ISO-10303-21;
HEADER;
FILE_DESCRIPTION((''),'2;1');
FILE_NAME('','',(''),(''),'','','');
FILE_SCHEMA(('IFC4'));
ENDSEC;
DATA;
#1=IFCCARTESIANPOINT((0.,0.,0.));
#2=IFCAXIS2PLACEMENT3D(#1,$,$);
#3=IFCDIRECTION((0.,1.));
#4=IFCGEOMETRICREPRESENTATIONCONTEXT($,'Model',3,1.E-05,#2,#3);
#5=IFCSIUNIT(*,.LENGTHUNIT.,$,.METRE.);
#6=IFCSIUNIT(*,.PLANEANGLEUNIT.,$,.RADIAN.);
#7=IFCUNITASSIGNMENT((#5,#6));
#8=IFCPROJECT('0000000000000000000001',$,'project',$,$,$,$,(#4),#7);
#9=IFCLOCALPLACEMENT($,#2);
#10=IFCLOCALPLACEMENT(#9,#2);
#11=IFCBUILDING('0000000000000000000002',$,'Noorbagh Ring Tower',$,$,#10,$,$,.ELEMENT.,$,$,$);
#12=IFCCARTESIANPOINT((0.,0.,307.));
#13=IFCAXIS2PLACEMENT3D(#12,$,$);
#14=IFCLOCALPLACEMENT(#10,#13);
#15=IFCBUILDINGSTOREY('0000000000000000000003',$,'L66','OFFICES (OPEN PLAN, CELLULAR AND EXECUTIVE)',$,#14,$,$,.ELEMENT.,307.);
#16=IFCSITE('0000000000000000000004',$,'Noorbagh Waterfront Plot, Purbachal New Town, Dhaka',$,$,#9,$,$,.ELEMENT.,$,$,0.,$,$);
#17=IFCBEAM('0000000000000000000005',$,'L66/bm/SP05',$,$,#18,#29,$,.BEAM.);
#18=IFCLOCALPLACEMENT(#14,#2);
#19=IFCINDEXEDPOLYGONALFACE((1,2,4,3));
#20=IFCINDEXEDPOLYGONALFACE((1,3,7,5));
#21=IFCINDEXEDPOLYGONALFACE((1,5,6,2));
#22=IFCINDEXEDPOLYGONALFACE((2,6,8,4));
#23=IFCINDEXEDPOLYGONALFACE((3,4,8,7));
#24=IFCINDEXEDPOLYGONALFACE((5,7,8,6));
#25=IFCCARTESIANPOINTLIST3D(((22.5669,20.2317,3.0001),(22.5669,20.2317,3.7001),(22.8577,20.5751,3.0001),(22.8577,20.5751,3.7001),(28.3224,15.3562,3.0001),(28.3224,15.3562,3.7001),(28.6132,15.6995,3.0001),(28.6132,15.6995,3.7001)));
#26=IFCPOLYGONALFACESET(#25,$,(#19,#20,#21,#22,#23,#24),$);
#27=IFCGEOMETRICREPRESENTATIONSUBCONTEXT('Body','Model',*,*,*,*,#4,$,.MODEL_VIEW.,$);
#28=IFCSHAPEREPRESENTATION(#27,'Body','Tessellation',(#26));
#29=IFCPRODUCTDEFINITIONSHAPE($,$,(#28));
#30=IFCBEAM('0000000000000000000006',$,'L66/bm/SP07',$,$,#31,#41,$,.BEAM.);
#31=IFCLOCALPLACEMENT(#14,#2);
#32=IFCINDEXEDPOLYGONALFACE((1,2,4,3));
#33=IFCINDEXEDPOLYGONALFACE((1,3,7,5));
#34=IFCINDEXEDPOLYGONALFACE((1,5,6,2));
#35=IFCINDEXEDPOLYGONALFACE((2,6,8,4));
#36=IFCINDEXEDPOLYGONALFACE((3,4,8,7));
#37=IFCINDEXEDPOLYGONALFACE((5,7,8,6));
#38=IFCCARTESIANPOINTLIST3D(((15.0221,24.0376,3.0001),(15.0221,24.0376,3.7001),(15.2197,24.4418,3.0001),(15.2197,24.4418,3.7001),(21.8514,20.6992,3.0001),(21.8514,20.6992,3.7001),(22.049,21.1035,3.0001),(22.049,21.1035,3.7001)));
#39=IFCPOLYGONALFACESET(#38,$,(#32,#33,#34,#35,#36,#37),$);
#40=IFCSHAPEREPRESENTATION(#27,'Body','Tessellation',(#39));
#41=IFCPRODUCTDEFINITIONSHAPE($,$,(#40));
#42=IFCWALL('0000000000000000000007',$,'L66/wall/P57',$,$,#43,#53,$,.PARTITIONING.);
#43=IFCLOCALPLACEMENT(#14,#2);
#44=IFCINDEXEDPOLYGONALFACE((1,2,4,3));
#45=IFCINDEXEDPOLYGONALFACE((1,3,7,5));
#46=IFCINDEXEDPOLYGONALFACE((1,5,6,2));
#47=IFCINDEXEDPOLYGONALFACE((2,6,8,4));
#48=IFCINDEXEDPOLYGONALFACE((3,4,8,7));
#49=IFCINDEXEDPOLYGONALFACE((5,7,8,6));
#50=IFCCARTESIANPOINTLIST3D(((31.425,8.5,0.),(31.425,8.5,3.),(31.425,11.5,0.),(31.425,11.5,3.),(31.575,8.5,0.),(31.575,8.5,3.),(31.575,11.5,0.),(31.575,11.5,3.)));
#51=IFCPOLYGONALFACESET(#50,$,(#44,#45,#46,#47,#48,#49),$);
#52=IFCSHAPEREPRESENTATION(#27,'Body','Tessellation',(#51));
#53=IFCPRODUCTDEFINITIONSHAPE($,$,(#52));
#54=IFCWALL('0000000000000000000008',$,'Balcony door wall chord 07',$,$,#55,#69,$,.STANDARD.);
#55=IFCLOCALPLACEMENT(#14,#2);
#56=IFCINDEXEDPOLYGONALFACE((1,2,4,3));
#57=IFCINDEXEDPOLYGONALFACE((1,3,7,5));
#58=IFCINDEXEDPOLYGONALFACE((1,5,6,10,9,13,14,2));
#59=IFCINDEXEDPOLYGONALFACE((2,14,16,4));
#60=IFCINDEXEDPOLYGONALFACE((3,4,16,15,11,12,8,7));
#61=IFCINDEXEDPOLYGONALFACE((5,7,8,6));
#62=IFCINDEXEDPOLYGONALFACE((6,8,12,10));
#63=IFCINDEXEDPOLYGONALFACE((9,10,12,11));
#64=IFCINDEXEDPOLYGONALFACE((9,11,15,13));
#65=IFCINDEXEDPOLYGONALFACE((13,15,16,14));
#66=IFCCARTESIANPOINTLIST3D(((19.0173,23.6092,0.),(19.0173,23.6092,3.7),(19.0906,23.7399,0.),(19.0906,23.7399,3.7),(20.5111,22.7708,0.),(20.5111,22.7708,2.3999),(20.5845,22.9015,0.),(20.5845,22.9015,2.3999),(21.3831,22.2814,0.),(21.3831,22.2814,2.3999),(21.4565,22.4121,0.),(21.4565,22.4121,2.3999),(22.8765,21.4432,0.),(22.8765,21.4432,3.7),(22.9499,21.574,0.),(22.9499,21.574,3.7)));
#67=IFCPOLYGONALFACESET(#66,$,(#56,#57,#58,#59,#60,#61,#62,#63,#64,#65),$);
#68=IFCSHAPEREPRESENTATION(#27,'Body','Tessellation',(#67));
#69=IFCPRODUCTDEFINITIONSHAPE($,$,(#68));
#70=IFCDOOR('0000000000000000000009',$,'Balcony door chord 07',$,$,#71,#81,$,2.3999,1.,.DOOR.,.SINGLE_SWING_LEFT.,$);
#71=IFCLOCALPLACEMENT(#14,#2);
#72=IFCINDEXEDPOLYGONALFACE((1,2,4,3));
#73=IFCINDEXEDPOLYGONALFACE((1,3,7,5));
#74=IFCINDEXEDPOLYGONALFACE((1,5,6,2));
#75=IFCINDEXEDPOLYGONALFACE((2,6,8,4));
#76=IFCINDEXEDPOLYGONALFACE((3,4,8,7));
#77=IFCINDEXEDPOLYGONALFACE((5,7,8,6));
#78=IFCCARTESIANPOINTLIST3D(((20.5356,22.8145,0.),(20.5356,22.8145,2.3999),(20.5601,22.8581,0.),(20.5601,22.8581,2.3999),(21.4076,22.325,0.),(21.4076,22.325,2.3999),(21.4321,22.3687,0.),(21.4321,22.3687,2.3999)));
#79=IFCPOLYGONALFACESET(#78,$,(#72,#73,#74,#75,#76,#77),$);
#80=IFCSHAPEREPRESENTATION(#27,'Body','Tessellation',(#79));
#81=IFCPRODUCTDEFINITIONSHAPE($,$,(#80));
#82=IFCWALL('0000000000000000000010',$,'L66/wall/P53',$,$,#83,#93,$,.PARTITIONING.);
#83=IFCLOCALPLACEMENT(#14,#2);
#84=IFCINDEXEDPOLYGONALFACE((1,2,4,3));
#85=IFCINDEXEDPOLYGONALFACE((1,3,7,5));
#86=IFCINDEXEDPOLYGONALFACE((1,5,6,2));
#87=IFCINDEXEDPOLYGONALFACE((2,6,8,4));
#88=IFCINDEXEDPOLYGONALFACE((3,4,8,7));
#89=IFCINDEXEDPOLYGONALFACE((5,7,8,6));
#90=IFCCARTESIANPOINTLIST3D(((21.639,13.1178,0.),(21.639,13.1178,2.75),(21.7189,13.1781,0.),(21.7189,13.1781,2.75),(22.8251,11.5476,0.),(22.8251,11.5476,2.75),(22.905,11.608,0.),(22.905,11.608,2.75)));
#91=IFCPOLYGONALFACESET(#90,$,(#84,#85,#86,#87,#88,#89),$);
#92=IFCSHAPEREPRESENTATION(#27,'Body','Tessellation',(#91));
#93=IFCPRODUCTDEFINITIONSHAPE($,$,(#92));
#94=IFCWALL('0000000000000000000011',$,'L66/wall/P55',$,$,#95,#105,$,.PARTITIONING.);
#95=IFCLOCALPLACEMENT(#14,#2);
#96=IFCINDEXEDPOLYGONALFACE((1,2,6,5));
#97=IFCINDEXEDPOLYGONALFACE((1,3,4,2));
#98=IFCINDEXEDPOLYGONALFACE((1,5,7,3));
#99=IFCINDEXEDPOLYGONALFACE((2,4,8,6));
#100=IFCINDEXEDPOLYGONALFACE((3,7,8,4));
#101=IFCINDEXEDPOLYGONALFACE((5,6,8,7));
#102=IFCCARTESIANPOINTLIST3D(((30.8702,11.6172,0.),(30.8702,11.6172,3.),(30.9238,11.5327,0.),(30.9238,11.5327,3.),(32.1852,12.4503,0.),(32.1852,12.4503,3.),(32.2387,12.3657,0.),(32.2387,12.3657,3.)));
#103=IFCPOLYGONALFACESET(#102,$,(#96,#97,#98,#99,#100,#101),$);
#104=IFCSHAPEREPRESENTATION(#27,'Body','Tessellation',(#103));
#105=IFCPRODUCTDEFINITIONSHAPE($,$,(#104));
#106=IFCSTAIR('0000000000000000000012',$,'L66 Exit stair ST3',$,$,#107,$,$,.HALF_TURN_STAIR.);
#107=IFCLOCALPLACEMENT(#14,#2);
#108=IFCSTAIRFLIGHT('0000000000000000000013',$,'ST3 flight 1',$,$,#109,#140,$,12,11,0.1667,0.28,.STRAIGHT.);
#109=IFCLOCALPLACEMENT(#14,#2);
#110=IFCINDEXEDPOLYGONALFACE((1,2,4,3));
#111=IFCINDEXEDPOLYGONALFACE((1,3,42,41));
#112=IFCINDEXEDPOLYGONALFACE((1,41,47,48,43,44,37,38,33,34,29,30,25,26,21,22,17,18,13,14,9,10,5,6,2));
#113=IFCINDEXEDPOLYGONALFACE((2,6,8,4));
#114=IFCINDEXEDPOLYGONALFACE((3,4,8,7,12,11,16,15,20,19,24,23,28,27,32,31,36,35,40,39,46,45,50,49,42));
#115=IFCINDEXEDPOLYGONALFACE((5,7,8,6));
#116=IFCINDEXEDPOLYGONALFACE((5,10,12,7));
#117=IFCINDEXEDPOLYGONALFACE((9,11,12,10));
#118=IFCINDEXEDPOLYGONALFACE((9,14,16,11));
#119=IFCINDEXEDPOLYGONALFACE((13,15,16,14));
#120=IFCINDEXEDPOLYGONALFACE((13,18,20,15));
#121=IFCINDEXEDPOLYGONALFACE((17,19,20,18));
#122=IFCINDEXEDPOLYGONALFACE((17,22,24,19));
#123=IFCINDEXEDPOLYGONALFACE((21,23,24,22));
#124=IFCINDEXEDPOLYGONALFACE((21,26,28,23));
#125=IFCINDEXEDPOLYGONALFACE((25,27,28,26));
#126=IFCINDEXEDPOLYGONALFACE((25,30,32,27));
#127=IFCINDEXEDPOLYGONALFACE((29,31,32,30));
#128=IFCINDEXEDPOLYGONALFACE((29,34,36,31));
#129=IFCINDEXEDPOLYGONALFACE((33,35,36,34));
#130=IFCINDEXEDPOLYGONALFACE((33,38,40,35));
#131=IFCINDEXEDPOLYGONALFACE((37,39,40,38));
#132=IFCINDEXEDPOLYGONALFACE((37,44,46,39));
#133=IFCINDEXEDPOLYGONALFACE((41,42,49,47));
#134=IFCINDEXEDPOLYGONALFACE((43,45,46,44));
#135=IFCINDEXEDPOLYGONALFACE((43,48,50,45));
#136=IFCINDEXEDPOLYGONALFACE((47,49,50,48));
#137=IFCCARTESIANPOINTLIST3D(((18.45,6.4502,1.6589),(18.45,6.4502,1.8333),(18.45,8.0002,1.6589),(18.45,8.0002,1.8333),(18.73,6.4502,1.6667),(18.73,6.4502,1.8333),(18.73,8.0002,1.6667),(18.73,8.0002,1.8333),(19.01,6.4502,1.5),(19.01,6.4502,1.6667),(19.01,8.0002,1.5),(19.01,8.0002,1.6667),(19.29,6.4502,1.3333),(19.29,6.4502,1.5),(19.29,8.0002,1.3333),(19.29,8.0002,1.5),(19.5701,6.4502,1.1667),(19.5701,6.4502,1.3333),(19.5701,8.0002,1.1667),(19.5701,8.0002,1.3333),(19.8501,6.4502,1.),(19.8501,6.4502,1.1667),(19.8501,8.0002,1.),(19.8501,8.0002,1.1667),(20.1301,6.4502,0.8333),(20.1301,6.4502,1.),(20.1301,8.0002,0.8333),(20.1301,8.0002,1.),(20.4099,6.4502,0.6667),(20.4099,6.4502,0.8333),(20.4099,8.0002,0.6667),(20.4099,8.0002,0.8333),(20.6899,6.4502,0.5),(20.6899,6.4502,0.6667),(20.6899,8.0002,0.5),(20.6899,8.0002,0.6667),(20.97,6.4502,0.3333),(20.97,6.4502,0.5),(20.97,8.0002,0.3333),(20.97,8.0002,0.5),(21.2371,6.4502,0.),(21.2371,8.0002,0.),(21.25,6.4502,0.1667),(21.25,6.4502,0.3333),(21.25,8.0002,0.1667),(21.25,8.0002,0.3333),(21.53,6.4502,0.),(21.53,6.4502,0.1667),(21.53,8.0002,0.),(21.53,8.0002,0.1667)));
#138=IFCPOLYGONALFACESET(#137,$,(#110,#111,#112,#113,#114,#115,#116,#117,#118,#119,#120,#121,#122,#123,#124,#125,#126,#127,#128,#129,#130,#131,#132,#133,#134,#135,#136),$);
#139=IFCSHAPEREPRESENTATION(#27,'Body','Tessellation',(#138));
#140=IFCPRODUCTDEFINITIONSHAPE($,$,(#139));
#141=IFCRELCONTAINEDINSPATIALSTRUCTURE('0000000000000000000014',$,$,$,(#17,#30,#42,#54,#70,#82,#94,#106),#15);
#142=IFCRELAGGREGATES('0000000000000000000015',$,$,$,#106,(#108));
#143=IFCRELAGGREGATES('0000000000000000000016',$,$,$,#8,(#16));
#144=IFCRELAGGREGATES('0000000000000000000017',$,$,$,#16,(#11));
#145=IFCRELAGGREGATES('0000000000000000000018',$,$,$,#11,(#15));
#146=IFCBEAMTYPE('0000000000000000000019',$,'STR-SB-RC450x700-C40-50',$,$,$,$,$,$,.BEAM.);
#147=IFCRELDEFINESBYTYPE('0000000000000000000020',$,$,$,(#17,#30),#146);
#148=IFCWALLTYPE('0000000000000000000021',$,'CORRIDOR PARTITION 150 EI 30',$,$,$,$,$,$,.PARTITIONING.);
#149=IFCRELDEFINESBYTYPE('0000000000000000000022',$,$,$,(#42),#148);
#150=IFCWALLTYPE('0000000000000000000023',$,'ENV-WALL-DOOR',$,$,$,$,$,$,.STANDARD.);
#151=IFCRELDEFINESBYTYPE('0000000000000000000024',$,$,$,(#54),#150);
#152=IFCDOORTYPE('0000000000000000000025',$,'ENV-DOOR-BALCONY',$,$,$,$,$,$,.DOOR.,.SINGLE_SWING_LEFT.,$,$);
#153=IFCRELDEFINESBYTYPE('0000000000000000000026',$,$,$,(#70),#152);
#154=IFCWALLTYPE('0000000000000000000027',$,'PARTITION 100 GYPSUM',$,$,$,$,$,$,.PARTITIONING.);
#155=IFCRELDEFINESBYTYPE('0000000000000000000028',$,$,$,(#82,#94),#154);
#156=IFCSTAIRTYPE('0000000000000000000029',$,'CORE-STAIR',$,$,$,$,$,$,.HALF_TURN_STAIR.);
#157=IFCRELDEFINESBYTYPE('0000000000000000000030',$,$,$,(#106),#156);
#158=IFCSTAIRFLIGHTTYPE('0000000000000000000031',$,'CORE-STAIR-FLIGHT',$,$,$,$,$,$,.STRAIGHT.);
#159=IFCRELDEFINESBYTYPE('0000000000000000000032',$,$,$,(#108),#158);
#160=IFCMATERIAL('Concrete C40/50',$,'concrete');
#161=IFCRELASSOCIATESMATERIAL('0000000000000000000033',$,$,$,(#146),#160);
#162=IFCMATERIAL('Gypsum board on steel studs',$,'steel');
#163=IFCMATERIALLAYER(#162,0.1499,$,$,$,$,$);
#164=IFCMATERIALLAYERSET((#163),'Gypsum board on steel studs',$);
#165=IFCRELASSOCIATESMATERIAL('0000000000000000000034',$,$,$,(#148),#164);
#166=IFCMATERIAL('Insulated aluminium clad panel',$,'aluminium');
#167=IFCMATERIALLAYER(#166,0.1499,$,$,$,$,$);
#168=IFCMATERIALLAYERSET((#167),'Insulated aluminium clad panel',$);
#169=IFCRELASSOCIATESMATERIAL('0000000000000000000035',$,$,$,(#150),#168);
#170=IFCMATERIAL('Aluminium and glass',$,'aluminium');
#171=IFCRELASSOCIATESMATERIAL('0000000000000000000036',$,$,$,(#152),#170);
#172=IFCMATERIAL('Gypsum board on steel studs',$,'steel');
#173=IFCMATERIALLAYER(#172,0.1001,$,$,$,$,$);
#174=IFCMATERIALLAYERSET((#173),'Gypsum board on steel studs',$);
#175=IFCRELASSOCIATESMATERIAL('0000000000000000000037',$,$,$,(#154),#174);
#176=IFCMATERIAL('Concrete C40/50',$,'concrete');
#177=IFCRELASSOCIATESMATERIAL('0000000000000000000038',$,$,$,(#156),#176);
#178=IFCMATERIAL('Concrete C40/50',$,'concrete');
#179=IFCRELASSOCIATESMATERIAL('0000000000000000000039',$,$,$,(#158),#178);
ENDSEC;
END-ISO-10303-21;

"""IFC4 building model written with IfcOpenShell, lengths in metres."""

from ifc_helpers import new_model, si_unit, direction, frame, frame_2d, origin, origin_2d, place, context, subcontext, project, spatial, polyline, rectangle, outline, extrude, material, layer, layer_set, material_profile, profile_set, type_object, element, fill, aggregate, save


model = new_model("IFC4")

# Units and contexts
model_context = context("Model", 3, precision=1e-05, world=origin(), true_north=direction((0.0, 1.0)))
body_context = subcontext(model_context, "Body", "Model", "MODEL_VIEW")
ifc_project = project(units=[si_unit("LENGTHUNIT", "METRE"), si_unit("PLANEANGLEUNIT", "RADIAN")], contexts=[model_context])

# Site, building, storey
site_placement = place(None, origin())
site = spatial("IfcSite", under=ifc_project, at=site_placement, Name="Noorbagh Waterfront Plot, Purbachal New Town, Dhaka", CompositionType="ELEMENT", RefElevation=0.0)
building_placement = place(site_placement, origin())
building = spatial("IfcBuilding", under=site, at=building_placement, Name="Noorbagh Ring Tower", CompositionType="ELEMENT")
storey_placement = place(building_placement, frame((0.0, 0.0, 307.0)))
storey = spatial("IfcBuildingStorey", under=building, at=storey_placement, Name="L66", Description="OFFICES (OPEN PLAN, CELLULAR AND EXECUTIVE)", CompositionType="ELEMENT", Elevation=307.0)

# Beams
ifc_material_1 = material(Name="Concrete C40/50", Category="concrete")
ifc_material_profile_1 = material_profile(ifc_material_1, rectangle(XDim=0.45, YDim=0.7, at=origin_2d()), Name="RC450x700")
ifc_profile_set_1 = profile_set([ifc_material_profile_1], Name="Concrete C40/50")
beam_type_1 = type_object("IfcBeamType", Name="STR-SB-RC450x700-C40-50", PredefinedType="BEAM", material=ifc_profile_set_1)
beam_1_placement = place(storey_placement, frame((28.4678, 15.5278, 3.3501), z_axis=(-0.763023, 0.646372, 0.0), x_axis=(-0.646372, -0.763023, 0.0)))
element("IfcBeam", 1, at=beam_1_placement, inside=storey, type_object=beam_type_1, Name="L66/bm/SP05", PredefinedType="BEAM", context=body_context, shape_type="SweptSolid", body=[
    extrude(rectangle(XDim=0.45, YDim=0.7, at=origin_2d()), origin(), (0.0, 0.0, 1.0), 7.543),
])
beam_2_placement = place(storey_placement, frame((21.9502, 20.9014, 3.3501), z_axis=(-0.898406, 0.439166, 0.0), x_axis=(-0.439166, -0.898406, 0.0)))
element("IfcBeam", 2, at=beam_2_placement, inside=storey, type_object=beam_type_1, Name="L66/bm/SP07", PredefinedType="BEAM", context=body_context, shape_type="SweptSolid", body=[
    extrude(rectangle(XDim=0.45, YDim=0.7, at=origin_2d()), origin(), (0.0, 0.0, 1.0), 7.6016),
])

# Wall
ifc_material_2 = material(Name="Gypsum board on steel studs", Category="steel")
ifc_layer_1 = layer(ifc_material_2, 0.1499)
ifc_layer_set_1 = layer_set([ifc_layer_1], Name="Gypsum board on steel studs")
wall_type_1 = type_object("IfcWallType", Name="CORRIDOR PARTITION 150 EI 30", PredefinedType="PARTITIONING", material=ifc_layer_set_1)
wall_1_placement = place(storey_placement, frame((31.5, 8.5, 0.0), z_axis=(0.0, 0.0, 1.0), x_axis=(0.0, 1.0, 0.0)))
element("IfcWall", 3, at=wall_1_placement, inside=storey, type_object=wall_type_1, Name="L66/wall/P57", PredefinedType="PARTITIONING", context=body_context, shape_type="SweptSolid", body=[
    extrude(rectangle(XDim=3.0, YDim=0.1499, at=frame_2d((1.5, 0.0))), origin(), (0.0, 0.0, 1.0), 3.0),
])

# Wall, opening, door
ifc_material_3 = material(Name="Insulated aluminium clad panel", Category="aluminium")
ifc_layer_2 = layer(ifc_material_3, 0.1499)
ifc_layer_set_2 = layer_set([ifc_layer_2], Name="Insulated aluminium clad panel")
wall_type_2 = type_object("IfcWallType", Name="ENV-WALL-DOOR", PredefinedType="STANDARD", material=ifc_layer_set_2)
wall_2_placement = place(storey_placement, frame((22.9133, 21.5085, 0.0), z_axis=(0.0, 0.0, 1.0), x_axis=(-0.872047, 0.489423, 0.0)))
wall_2 = element("IfcWall", 4, at=wall_2_placement, inside=storey, type_object=wall_type_2, Name="Balcony door wall chord 07", PredefinedType="STANDARD", context=body_context, shape_type="SweptSolid", body=[
    extrude(rectangle(XDim=4.4255, YDim=0.1499, at=frame_2d((2.2129, 0.0))), origin(), (0.0, 0.0, 1.0), 3.7),
])
opening_placement = place(wall_2_placement, frame((1.7126, 0.0, 0.0)))
opening = element("IfcOpeningElement", 5, at=opening_placement, cuts=wall_2, PredefinedType="OPENING", context=body_context, shape_type="SweptSolid", body=[
    extrude(rectangle(XDim=1.0, YDim=2.3999, at=frame_2d((0.5, 1.2))), frame((0.0, 0.085, 0.0), z_axis=(0.0, -1.0, 0.0), x_axis=(1.0, 0.0, 0.0)), (0.0, 0.0, 1.0), 0.1699),
])
ifc_material_4 = material(Name="Aluminium and glass", Category="aluminium")
door_type = type_object("IfcDoorType", Name="ENV-DOOR-BALCONY", OperationType="SINGLE_SWING_LEFT", PredefinedType="DOOR", material=ifc_material_4)
door_placement = place(opening_placement, origin())
door = element("IfcDoor", 6, at=door_placement, inside=storey, type_object=door_type, Name="Balcony door chord 07", OperationType="SINGLE_SWING_LEFT", OverallHeight=2.3999, OverallWidth=1.0, PredefinedType="DOOR", context=body_context, shape_type="SweptSolid", body=[
    extrude(rectangle(XDim=1.0, YDim=2.3999, at=frame_2d((0.5, 1.2))), frame((0.0, 0.0249, 0.0), z_axis=(0.0, -1.0, 0.0), x_axis=(1.0, 0.0, 0.0)), (0.0, 0.0, 1.0), 0.05),
])
fill(opening, door)

# Walls
ifc_material_5 = material(Name="Gypsum board on steel studs", Category="steel")
ifc_layer_3 = layer(ifc_material_5, 0.1001)
ifc_layer_set_3 = layer_set([ifc_layer_3], Name="Gypsum board on steel studs")
wall_type_3 = type_object("IfcWallType", Name="PARTITION 100 GYPSUM", PredefinedType="PARTITIONING", material=ifc_layer_set_3)
wall_3_placement = place(storey_placement, frame((21.679, 13.1479, 0.0), z_axis=(0.0, 0.0, 1.0), x_axis=(0.602756, -0.797926, 0.0)))
element("IfcWall", 7, at=wall_3_placement, inside=storey, type_object=wall_type_3, Name="L66/wall/P53", PredefinedType="PARTITIONING", context=body_context, shape_type="SweptSolid", body=[
    extrude(rectangle(XDim=1.9678, YDim=0.1001, at=frame_2d((0.9839, 0.0))), origin(), (0.0, 0.0, 1.0), 2.75),
])
wall_4_placement = place(storey_placement, frame((30.897, 11.575, 0.0), z_axis=(0.0, 0.0, 1.0), x_axis=(0.844758, 0.535149, 0.0)))
element("IfcWall", 8, at=wall_4_placement, inside=storey, type_object=wall_type_3, Name="L66/wall/P55", PredefinedType="PARTITIONING", context=body_context, shape_type="SweptSolid", body=[
    extrude(rectangle(XDim=1.5566, YDim=0.1001, at=frame_2d((0.7783, 0.0))), origin(), (0.0, 0.0, 1.0), 3.0),
])

# Stair, stair flight
ifc_material_6 = material(Name="Concrete C40/50", Category="concrete")
stair_type = type_object("IfcStairType", Name="CORE-STAIR", PredefinedType="HALF_TURN_STAIR", material=ifc_material_6)
stair_placement = place(storey_placement, origin())
stair = element("IfcStair", 9, at=stair_placement, inside=storey, type_object=stair_type, Name="L66 Exit stair ST3", PredefinedType="HALF_TURN_STAIR")
ifc_material_7 = material(Name="Concrete C40/50", Category="concrete")
stair_flight_type = type_object("IfcStairFlightType", Name="CORE-STAIR-FLIGHT", PredefinedType="STRAIGHT", material=ifc_material_7)
stair_flight_placement = place(storey_placement, frame((21.53, 7.2251, 0.0), z_axis=(0.0, 0.0, 1.0), x_axis=(-1.0, 0.0, 0.0)))
stair_flight = element("IfcStairFlight", 10, at=stair_flight_placement, type_object=stair_flight_type, Name="ST3 flight 1", NumberOfRisers=12, NumberOfTreads=11, PredefinedType="STRAIGHT", RiserHeight=0.1667, TreadLength=0.28, context=body_context, shape_type="SweptSolid", body=[
    extrude(outline(polyline([(0.0, 0.0), (0.0, 0.1667), (0.28, 0.1667), (0.28, 0.3333), (0.5601, 0.3333), (0.5601, 0.5), (0.8401, 0.5), (0.8401, 0.6667), (1.1201, 0.6667), (1.1201, 0.8333), (1.3999, 0.8333), (1.3999, 1.0), (1.6799, 1.0), (1.6799, 1.1667), (1.96, 1.1667), (1.96, 1.3333), (2.24, 1.3333), (2.24, 1.5), (2.52, 1.5), (2.52, 1.6667), (2.8, 1.6667), (2.8, 1.8333), (3.0801, 1.8333), (3.0801, 2.0), (3.0801, 1.6589), (0.293, 0.0), (0.0, 0.0)])), frame((0.0, 0.7749, 0.0), z_axis=(0.0, -1.0, 0.0), x_axis=(1.0, 0.0, 0.0)), (0.0, 0.0, 1.0), 1.55),
])
aggregate(stair, [stair_flight])

save(model, "model.ifc")
